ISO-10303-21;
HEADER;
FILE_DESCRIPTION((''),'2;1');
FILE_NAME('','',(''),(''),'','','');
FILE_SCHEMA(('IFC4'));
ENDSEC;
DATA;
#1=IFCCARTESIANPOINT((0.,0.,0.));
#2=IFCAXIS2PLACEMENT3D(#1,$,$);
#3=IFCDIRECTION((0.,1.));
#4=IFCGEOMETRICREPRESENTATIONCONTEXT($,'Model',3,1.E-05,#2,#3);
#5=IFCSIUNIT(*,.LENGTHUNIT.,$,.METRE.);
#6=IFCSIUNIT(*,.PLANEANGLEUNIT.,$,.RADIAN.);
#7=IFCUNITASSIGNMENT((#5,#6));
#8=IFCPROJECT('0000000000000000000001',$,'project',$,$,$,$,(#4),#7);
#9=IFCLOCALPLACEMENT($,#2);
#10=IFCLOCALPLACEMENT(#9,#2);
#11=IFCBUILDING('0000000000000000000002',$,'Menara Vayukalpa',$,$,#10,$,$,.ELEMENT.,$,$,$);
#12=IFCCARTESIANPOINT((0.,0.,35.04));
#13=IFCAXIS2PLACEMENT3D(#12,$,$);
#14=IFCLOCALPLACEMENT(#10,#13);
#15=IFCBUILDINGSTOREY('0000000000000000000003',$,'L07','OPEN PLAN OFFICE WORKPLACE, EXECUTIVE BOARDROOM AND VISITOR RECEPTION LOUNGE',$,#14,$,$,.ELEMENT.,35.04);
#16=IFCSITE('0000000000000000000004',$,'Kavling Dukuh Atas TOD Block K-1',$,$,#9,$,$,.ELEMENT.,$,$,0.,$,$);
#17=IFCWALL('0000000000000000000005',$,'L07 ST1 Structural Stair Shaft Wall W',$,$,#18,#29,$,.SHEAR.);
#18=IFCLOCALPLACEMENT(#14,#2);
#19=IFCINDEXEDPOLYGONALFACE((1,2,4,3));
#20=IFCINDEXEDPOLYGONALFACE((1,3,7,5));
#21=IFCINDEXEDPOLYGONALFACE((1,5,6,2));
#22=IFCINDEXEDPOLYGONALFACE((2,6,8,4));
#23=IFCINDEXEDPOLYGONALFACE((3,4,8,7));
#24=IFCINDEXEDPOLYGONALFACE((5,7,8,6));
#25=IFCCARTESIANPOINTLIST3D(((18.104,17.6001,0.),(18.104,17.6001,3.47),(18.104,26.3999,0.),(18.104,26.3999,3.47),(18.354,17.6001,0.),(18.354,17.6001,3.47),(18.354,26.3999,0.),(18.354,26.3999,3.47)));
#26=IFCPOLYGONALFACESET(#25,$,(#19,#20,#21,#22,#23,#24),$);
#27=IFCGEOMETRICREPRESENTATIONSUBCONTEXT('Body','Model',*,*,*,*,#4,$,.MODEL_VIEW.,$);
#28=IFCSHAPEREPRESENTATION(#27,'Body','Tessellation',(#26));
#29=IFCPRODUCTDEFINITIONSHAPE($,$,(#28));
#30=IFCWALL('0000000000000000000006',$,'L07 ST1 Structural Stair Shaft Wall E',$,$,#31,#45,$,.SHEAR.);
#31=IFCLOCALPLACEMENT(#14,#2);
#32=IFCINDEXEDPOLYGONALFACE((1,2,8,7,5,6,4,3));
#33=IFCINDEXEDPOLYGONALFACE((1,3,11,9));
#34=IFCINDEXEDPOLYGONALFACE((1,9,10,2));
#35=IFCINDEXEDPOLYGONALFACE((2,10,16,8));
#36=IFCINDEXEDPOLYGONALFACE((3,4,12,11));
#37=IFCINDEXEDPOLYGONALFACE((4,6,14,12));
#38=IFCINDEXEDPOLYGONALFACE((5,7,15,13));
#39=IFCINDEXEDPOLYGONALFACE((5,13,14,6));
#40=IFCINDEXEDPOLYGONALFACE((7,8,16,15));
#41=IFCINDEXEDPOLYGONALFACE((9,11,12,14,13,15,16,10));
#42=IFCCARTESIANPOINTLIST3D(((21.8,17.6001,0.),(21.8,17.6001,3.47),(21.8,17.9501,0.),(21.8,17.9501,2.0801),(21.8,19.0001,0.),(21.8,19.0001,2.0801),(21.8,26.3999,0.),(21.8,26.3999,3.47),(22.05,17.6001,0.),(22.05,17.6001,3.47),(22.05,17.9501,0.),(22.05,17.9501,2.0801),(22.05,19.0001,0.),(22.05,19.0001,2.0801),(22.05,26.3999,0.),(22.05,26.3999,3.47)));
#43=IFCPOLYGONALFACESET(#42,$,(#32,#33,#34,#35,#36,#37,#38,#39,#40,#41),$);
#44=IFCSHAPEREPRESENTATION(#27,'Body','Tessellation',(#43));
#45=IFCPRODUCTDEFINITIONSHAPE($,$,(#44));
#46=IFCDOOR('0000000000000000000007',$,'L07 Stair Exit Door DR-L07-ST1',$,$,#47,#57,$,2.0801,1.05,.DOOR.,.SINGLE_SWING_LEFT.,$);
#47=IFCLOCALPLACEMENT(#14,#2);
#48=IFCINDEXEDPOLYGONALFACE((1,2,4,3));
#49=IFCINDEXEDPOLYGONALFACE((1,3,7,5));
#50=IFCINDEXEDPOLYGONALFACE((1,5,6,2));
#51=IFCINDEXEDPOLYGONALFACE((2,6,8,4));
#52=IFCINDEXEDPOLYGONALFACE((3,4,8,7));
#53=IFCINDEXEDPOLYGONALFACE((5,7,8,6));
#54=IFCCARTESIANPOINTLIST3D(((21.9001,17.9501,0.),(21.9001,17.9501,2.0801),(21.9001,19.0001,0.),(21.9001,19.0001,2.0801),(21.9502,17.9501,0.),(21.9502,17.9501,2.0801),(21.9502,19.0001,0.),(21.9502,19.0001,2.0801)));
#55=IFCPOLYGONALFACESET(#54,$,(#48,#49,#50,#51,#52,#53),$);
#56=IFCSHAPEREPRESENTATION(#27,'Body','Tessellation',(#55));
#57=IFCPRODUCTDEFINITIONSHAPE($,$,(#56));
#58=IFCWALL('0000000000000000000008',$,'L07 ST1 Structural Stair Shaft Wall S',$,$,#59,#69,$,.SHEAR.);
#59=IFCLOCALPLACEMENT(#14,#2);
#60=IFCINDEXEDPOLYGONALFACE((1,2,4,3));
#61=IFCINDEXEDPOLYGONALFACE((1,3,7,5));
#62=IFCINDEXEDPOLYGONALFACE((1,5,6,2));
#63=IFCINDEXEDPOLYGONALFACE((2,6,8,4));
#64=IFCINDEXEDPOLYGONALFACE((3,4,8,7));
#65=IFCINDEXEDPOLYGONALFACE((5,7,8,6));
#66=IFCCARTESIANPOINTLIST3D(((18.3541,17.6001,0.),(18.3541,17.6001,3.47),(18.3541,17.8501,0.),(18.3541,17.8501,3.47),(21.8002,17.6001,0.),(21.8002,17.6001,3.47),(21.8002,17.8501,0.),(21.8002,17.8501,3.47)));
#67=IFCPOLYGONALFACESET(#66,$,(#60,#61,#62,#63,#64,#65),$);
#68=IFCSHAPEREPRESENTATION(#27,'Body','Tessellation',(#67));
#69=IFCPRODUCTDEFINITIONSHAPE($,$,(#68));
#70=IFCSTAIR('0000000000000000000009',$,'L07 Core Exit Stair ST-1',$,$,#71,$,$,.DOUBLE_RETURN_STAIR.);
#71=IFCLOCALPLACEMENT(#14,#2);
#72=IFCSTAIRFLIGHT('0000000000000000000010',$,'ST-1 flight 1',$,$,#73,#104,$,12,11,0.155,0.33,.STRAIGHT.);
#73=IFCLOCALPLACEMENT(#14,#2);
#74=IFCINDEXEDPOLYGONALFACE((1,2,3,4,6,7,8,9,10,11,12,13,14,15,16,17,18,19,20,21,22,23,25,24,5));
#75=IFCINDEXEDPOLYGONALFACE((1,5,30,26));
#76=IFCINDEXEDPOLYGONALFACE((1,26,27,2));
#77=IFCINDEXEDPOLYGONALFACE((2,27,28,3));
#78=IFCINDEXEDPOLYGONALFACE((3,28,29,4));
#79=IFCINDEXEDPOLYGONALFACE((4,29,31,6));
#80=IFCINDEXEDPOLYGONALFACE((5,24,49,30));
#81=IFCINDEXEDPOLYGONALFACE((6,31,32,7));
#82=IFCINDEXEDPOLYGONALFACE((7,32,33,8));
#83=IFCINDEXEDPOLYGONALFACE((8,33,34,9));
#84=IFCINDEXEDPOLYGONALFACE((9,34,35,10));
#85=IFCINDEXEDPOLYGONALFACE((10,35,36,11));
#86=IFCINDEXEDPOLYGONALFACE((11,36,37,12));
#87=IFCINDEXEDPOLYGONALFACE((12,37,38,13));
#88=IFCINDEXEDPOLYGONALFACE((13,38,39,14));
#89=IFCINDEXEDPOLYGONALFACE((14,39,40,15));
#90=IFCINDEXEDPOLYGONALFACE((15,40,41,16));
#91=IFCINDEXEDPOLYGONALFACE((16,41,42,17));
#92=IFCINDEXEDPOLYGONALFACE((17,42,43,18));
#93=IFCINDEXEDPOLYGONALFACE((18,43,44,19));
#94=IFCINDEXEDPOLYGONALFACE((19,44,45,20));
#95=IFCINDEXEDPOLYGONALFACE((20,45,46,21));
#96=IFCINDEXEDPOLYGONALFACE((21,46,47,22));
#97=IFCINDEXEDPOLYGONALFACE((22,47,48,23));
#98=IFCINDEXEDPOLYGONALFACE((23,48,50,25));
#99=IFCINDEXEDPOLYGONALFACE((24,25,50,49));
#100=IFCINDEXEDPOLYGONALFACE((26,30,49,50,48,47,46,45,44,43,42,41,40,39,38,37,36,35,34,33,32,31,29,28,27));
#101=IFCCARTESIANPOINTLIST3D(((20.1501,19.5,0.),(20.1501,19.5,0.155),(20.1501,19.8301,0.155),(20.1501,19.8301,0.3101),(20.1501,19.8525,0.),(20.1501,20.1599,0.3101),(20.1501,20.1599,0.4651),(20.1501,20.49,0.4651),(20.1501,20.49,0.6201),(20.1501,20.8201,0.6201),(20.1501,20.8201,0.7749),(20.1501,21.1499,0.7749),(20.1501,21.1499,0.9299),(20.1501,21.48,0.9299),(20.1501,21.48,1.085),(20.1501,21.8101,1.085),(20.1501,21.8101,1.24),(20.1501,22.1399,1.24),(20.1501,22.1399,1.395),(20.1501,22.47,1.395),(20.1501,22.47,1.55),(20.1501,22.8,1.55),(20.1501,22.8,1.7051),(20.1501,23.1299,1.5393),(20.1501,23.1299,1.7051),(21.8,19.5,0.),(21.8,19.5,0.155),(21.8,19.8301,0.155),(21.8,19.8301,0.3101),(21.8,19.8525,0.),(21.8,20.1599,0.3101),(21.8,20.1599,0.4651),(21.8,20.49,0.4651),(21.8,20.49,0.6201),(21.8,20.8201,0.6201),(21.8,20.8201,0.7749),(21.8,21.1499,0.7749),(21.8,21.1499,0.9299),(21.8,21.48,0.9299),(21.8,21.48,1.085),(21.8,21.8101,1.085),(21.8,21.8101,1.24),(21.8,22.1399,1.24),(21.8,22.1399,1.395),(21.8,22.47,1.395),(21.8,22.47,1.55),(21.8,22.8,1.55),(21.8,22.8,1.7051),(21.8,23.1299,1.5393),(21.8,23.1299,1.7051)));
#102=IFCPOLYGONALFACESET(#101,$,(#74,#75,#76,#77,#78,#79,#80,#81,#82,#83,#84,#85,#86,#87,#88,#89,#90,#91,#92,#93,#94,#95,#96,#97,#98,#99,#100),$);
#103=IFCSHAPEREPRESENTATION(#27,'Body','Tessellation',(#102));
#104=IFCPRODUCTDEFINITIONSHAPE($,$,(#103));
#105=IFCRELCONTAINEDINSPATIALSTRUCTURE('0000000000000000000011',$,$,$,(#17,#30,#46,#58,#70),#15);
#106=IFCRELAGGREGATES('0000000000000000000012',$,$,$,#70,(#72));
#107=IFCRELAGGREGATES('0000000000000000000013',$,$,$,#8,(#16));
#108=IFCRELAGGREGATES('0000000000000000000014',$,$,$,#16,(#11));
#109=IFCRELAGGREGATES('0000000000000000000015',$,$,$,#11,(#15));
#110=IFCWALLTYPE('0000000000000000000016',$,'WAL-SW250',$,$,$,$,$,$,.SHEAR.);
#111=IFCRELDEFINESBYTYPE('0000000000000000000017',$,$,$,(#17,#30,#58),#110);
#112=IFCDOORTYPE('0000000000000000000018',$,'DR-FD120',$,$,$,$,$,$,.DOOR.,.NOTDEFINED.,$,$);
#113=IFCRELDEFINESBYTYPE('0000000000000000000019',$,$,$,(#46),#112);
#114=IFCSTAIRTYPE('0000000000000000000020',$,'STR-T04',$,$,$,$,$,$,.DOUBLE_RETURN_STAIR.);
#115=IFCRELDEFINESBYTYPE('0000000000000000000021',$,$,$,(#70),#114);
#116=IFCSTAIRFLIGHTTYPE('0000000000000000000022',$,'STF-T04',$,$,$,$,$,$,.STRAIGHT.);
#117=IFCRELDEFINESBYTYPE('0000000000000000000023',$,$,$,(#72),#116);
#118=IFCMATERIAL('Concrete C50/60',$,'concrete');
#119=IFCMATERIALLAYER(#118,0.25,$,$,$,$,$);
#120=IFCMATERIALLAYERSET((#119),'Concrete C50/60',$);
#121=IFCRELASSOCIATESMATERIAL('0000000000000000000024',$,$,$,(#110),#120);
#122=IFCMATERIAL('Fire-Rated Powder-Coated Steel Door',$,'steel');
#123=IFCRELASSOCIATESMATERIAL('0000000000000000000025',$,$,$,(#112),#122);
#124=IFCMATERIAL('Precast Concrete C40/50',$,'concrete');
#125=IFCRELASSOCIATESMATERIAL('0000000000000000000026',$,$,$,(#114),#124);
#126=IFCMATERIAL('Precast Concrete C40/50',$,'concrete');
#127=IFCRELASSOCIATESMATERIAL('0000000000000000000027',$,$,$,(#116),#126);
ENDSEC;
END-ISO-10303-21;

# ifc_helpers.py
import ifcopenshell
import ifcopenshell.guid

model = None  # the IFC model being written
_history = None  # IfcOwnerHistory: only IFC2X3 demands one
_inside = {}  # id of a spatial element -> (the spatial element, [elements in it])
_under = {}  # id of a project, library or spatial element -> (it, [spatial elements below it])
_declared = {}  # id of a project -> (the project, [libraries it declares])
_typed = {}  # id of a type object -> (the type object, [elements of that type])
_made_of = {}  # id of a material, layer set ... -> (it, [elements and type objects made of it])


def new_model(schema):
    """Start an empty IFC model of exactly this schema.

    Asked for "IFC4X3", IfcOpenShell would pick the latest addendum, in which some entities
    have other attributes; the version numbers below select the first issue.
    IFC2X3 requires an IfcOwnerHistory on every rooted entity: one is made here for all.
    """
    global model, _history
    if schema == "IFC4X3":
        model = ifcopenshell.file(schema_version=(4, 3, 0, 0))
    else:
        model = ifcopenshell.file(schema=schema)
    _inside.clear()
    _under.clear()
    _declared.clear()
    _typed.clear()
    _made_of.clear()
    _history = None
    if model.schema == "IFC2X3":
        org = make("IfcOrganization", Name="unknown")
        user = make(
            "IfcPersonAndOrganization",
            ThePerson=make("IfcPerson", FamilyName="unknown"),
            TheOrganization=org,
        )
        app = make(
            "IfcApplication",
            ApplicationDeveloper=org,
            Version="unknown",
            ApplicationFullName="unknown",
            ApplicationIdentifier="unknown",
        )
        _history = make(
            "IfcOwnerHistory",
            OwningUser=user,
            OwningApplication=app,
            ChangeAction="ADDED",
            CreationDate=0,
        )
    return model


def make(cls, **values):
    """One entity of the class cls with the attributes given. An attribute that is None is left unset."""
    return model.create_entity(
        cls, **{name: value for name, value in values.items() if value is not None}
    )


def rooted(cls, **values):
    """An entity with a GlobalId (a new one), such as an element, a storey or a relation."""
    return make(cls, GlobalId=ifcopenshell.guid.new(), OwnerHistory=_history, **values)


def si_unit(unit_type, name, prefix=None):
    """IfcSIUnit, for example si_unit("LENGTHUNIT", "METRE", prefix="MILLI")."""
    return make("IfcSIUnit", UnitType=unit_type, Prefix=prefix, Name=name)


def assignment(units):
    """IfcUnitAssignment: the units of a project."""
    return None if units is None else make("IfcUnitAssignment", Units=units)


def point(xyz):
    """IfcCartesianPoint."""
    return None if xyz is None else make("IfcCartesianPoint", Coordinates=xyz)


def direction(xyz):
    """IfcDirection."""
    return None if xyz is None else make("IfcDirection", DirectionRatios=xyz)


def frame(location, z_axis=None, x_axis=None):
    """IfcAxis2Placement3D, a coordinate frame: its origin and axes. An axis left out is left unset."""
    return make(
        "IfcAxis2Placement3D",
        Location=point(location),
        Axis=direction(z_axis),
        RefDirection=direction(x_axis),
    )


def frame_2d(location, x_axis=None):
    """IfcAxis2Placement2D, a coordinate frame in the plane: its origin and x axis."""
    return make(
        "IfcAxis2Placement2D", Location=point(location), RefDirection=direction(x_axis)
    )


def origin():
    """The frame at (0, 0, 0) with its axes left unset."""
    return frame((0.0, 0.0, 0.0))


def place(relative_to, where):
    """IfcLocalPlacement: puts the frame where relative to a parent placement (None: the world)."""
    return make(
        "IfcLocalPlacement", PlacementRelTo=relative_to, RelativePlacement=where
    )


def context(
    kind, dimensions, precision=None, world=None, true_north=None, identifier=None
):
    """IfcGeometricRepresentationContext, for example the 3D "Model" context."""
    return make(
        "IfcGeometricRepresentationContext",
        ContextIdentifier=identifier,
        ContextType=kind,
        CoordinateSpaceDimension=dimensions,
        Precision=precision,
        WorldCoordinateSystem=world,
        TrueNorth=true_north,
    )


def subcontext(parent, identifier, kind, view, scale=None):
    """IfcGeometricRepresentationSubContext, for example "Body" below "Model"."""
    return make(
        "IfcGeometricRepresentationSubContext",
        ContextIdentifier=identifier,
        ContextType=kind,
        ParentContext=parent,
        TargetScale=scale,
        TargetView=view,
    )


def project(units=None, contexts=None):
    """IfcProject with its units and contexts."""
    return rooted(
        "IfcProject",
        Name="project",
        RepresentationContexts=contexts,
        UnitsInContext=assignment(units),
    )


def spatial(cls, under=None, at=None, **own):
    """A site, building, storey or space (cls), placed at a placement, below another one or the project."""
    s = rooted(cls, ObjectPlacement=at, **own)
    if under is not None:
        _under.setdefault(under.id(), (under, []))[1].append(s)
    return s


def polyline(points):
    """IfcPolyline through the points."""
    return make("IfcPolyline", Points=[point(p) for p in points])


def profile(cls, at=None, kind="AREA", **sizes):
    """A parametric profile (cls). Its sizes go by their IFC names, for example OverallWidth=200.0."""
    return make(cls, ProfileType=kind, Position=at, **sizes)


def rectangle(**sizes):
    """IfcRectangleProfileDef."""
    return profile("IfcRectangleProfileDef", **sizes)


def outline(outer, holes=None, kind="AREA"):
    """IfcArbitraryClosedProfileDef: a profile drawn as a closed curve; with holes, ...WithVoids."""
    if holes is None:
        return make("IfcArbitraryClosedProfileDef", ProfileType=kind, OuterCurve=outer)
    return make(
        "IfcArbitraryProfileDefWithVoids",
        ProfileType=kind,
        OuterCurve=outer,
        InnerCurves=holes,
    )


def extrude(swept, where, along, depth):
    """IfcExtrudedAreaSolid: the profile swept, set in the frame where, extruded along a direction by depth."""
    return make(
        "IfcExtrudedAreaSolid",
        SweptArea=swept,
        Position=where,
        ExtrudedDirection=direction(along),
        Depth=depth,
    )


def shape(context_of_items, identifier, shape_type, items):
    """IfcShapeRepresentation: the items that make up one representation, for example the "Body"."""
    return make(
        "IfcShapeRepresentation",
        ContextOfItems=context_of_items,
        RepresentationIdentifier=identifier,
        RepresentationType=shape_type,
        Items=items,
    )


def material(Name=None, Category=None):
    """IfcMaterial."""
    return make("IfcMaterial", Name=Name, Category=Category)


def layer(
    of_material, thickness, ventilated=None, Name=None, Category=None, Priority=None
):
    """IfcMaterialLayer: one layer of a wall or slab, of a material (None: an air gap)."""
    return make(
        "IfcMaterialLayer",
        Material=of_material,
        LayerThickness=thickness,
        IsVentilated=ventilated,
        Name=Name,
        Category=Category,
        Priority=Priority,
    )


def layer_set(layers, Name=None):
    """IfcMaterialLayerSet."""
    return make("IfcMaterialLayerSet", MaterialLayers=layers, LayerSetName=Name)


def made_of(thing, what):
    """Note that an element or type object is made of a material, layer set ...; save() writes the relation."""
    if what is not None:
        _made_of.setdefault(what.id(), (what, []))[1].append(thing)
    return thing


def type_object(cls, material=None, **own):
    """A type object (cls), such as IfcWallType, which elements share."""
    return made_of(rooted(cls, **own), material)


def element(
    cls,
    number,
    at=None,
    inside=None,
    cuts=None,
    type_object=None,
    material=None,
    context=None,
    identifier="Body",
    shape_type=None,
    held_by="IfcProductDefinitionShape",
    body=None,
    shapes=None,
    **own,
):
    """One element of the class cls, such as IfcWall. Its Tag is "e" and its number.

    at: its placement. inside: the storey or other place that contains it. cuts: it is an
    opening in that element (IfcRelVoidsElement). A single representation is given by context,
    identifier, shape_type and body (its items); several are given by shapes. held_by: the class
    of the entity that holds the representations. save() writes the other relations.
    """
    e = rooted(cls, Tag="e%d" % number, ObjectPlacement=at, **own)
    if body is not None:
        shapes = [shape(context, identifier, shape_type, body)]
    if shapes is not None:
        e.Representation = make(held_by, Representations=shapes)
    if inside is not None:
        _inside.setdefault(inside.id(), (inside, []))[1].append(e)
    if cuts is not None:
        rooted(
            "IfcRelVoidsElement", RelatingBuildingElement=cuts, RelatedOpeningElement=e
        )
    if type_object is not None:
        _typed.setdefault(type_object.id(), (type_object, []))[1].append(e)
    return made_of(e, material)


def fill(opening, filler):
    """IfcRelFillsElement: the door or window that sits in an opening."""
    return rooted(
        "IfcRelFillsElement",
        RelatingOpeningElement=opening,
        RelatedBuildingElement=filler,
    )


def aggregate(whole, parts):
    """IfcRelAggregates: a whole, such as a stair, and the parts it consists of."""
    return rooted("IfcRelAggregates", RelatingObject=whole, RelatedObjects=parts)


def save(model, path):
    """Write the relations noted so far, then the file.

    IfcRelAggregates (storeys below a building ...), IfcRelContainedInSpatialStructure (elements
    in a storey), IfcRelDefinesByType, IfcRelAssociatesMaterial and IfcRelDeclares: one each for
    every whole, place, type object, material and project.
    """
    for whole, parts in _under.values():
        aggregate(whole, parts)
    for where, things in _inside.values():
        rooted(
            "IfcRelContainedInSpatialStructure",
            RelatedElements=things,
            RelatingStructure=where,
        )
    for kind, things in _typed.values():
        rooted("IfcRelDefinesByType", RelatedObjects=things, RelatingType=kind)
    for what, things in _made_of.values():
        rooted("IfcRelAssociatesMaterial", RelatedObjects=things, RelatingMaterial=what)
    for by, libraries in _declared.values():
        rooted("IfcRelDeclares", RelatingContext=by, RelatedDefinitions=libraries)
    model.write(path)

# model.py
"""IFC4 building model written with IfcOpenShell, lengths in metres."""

from ifc_helpers import new_model, si_unit, direction, frame, frame_2d, origin, place, context, subcontext, project, spatial, polyline, rectangle, outline, extrude, material, layer, layer_set, type_object, element, fill, aggregate, save


model = new_model("IFC4")

# Units and contexts
model_context = context("Model", 3, precision=1e-05, world=origin(), true_north=direction((0.0, 1.0)))
body_context = subcontext(model_context, "Body", "Model", "MODEL_VIEW")
ifc_project = project(units=[si_unit("LENGTHUNIT", "METRE"), si_unit("PLANEANGLEUNIT", "RADIAN")], contexts=[model_context])

# Site, building, storey
site_placement = place(None, origin())
site = spatial("IfcSite", under=ifc_project, at=site_placement, Name="Kavling Dukuh Atas TOD Block K-1", CompositionType="ELEMENT", RefElevation=0.0)
building_placement = place(site_placement, origin())
building = spatial("IfcBuilding", under=site, at=building_placement, Name="Menara Vayukalpa", CompositionType="ELEMENT")
storey_placement = place(building_placement, frame((0.0, 0.0, 35.04)))
storey = spatial("IfcBuildingStorey", under=building, at=storey_placement, Name="L07", Description="OPEN PLAN OFFICE WORKPLACE, EXECUTIVE BOARDROOM AND VISITOR RECEPTION LOUNGE", CompositionType="ELEMENT", Elevation=35.04)

# Wall
ifc_material_1 = material(Name="Concrete C50/60", Category="concrete")
ifc_layer_1 = layer(ifc_material_1, 0.25)
ifc_layer_set_1 = layer_set([ifc_layer_1], Name="Concrete C50/60")
wall_type_1 = type_object("IfcWallType", Name="WAL-SW250", PredefinedType="SHEAR", material=ifc_layer_set_1)
wall_1_placement = place(storey_placement, frame((18.229, 17.6001, 0.0), z_axis=(0.0, 0.0, 1.0), x_axis=(0.0, 1.0, 0.0)))
element("IfcWall", 1, at=wall_1_placement, inside=storey, type_object=wall_type_1, Name="L07 ST1 Structural Stair Shaft Wall W", PredefinedType="SHEAR", context=body_context, shape_type="SweptSolid", body=[
    extrude(rectangle(XDim=8.7998, YDim=0.25, at=frame_2d((4.3999, 0.0))), origin(), (0.0, 0.0, 1.0), 3.47),
])

# Wall, opening, door
wall_2_placement = place(storey_placement, frame((21.925, 17.6001, 0.0), z_axis=(0.0, 0.0, 1.0), x_axis=(0.0, 1.0, 0.0)))
wall_2 = element("IfcWall", 2, at=wall_2_placement, inside=storey, type_object=wall_type_1, Name="L07 ST1 Structural Stair Shaft Wall E", PredefinedType="SHEAR", context=body_context, shape_type="SweptSolid", body=[
    extrude(rectangle(XDim=8.7998, YDim=0.25, at=frame_2d((4.3999, 0.0))), origin(), (0.0, 0.0, 1.0), 3.47),
])
opening_1_placement = place(wall_2_placement, frame((0.3501, 0.0, 0.0)))
opening_1 = element("IfcOpeningElement", 3, at=opening_1_placement, cuts=wall_2, PredefinedType="OPENING", context=body_context, shape_type="SweptSolid", body=[
    extrude(rectangle(XDim=1.05, YDim=2.0801, at=frame_2d((0.5249, 1.04))), frame((0.0, 0.135, 0.0), z_axis=(0.0, -1.0, 0.0), x_axis=(1.0, 0.0, 0.0)), (0.0, 0.0, 1.0), 0.27),
])
ifc_material_2 = material(Name="Fire-Rated Powder-Coated Steel Door", Category="steel")
door_type_1 = type_object("IfcDoorType", Name="DR-FD120", OperationType="NOTDEFINED", PredefinedType="DOOR", material=ifc_material_2)
door_1_placement = place(opening_1_placement, origin())
door_1 = element("IfcDoor", 4, at=door_1_placement, inside=storey, type_object=door_type_1, Name="L07 Stair Exit Door DR-L07-ST1", OperationType="SINGLE_SWING_LEFT", OverallHeight=2.0801, OverallWidth=1.05, PredefinedType="DOOR", context=body_context, shape_type="SweptSolid", body=[
    extrude(rectangle(XDim=1.05, YDim=2.0801, at=frame_2d((0.5249, 1.04))), frame((0.0, 0.0249, 0.0), z_axis=(0.0, -1.0, 0.0), x_axis=(1.0, 0.0, 0.0)), (0.0, 0.0, 1.0), 0.05),
])
fill(opening_1, door_1)

# Wall
wall_3_placement = place(storey_placement, frame((18.354, 17.7251, 0.0), z_axis=(0.0, 0.0, 1.0), x_axis=(1.0, 0.0, 0.0)))
element("IfcWall", 5, at=wall_3_placement, inside=storey, type_object=wall_type_1, Name="L07 ST1 Structural Stair Shaft Wall S", PredefinedType="SHEAR", context=body_context, shape_type="SweptSolid", body=[
    extrude(rectangle(XDim=3.446, YDim=0.25, at=frame_2d((1.7231, 0.0))), origin(), (0.0, 0.0, 1.0), 3.47),
])

# Stair, stair flight
ifc_material_3 = material(Name="Precast Concrete C40/50", Category="concrete")
stair_type = type_object("IfcStairType", Name="STR-T04", PredefinedType="DOUBLE_RETURN_STAIR", material=ifc_material_3)
stair_placement = place(storey_placement, origin())
stair = element("IfcStair", 6, at=stair_placement, inside=storey, type_object=stair_type, Name="L07 Core Exit Stair ST-1", PredefinedType="DOUBLE_RETURN_STAIR")
ifc_material_4 = material(Name="Precast Concrete C40/50", Category="concrete")
stair_flight_type = type_object("IfcStairFlightType", Name="STF-T04", PredefinedType="STRAIGHT", material=ifc_material_4)
stair_flight_placement = place(storey_placement, frame((20.9751, 19.5, 0.0), z_axis=(0.0, 0.0, 1.0), x_axis=(0.0, 1.0, 0.0)))
stair_flight = element("IfcStairFlight", 7, at=stair_flight_placement, type_object=stair_flight_type, Name="ST-1 flight 1", NumberOfRisers=12, NumberOfTreads=11, PredefinedType="STRAIGHT", RiserHeight=0.155, TreadLength=0.33, context=body_context, shape_type="SweptSolid", body=[
    extrude(outline(polyline([(0.0, 0.0), (0.0, 0.155), (0.3301, 0.155), (0.3301, 0.3101), (0.6599, 0.3101), (0.6599, 0.4651), (0.99, 0.4651), (0.99, 0.6201), (1.3201, 0.6201), (1.3201, 0.7749), (1.6499, 0.7749), (1.6499, 0.9299), (1.98, 0.9299), (1.98, 1.085), (2.3101, 1.085), (2.3101, 1.24), (2.6399, 1.24), (2.6399, 1.395), (2.97, 1.395), (2.97, 1.55), (3.3, 1.55), (3.3, 1.7051), (3.6299, 1.7051), (3.6299, 1.8601), (3.6299, 1.5393), (0.3525, 0.0), (0.0, 0.0)])), frame((0.0, 0.825, 0.0), z_axis=(0.0, -1.0, 0.0), x_axis=(1.0, 0.0, 0.0)), (0.0, 0.0, 1.0), 1.6499),
])
aggregate(stair, [stair_flight])

save(model, "model.ifc")
